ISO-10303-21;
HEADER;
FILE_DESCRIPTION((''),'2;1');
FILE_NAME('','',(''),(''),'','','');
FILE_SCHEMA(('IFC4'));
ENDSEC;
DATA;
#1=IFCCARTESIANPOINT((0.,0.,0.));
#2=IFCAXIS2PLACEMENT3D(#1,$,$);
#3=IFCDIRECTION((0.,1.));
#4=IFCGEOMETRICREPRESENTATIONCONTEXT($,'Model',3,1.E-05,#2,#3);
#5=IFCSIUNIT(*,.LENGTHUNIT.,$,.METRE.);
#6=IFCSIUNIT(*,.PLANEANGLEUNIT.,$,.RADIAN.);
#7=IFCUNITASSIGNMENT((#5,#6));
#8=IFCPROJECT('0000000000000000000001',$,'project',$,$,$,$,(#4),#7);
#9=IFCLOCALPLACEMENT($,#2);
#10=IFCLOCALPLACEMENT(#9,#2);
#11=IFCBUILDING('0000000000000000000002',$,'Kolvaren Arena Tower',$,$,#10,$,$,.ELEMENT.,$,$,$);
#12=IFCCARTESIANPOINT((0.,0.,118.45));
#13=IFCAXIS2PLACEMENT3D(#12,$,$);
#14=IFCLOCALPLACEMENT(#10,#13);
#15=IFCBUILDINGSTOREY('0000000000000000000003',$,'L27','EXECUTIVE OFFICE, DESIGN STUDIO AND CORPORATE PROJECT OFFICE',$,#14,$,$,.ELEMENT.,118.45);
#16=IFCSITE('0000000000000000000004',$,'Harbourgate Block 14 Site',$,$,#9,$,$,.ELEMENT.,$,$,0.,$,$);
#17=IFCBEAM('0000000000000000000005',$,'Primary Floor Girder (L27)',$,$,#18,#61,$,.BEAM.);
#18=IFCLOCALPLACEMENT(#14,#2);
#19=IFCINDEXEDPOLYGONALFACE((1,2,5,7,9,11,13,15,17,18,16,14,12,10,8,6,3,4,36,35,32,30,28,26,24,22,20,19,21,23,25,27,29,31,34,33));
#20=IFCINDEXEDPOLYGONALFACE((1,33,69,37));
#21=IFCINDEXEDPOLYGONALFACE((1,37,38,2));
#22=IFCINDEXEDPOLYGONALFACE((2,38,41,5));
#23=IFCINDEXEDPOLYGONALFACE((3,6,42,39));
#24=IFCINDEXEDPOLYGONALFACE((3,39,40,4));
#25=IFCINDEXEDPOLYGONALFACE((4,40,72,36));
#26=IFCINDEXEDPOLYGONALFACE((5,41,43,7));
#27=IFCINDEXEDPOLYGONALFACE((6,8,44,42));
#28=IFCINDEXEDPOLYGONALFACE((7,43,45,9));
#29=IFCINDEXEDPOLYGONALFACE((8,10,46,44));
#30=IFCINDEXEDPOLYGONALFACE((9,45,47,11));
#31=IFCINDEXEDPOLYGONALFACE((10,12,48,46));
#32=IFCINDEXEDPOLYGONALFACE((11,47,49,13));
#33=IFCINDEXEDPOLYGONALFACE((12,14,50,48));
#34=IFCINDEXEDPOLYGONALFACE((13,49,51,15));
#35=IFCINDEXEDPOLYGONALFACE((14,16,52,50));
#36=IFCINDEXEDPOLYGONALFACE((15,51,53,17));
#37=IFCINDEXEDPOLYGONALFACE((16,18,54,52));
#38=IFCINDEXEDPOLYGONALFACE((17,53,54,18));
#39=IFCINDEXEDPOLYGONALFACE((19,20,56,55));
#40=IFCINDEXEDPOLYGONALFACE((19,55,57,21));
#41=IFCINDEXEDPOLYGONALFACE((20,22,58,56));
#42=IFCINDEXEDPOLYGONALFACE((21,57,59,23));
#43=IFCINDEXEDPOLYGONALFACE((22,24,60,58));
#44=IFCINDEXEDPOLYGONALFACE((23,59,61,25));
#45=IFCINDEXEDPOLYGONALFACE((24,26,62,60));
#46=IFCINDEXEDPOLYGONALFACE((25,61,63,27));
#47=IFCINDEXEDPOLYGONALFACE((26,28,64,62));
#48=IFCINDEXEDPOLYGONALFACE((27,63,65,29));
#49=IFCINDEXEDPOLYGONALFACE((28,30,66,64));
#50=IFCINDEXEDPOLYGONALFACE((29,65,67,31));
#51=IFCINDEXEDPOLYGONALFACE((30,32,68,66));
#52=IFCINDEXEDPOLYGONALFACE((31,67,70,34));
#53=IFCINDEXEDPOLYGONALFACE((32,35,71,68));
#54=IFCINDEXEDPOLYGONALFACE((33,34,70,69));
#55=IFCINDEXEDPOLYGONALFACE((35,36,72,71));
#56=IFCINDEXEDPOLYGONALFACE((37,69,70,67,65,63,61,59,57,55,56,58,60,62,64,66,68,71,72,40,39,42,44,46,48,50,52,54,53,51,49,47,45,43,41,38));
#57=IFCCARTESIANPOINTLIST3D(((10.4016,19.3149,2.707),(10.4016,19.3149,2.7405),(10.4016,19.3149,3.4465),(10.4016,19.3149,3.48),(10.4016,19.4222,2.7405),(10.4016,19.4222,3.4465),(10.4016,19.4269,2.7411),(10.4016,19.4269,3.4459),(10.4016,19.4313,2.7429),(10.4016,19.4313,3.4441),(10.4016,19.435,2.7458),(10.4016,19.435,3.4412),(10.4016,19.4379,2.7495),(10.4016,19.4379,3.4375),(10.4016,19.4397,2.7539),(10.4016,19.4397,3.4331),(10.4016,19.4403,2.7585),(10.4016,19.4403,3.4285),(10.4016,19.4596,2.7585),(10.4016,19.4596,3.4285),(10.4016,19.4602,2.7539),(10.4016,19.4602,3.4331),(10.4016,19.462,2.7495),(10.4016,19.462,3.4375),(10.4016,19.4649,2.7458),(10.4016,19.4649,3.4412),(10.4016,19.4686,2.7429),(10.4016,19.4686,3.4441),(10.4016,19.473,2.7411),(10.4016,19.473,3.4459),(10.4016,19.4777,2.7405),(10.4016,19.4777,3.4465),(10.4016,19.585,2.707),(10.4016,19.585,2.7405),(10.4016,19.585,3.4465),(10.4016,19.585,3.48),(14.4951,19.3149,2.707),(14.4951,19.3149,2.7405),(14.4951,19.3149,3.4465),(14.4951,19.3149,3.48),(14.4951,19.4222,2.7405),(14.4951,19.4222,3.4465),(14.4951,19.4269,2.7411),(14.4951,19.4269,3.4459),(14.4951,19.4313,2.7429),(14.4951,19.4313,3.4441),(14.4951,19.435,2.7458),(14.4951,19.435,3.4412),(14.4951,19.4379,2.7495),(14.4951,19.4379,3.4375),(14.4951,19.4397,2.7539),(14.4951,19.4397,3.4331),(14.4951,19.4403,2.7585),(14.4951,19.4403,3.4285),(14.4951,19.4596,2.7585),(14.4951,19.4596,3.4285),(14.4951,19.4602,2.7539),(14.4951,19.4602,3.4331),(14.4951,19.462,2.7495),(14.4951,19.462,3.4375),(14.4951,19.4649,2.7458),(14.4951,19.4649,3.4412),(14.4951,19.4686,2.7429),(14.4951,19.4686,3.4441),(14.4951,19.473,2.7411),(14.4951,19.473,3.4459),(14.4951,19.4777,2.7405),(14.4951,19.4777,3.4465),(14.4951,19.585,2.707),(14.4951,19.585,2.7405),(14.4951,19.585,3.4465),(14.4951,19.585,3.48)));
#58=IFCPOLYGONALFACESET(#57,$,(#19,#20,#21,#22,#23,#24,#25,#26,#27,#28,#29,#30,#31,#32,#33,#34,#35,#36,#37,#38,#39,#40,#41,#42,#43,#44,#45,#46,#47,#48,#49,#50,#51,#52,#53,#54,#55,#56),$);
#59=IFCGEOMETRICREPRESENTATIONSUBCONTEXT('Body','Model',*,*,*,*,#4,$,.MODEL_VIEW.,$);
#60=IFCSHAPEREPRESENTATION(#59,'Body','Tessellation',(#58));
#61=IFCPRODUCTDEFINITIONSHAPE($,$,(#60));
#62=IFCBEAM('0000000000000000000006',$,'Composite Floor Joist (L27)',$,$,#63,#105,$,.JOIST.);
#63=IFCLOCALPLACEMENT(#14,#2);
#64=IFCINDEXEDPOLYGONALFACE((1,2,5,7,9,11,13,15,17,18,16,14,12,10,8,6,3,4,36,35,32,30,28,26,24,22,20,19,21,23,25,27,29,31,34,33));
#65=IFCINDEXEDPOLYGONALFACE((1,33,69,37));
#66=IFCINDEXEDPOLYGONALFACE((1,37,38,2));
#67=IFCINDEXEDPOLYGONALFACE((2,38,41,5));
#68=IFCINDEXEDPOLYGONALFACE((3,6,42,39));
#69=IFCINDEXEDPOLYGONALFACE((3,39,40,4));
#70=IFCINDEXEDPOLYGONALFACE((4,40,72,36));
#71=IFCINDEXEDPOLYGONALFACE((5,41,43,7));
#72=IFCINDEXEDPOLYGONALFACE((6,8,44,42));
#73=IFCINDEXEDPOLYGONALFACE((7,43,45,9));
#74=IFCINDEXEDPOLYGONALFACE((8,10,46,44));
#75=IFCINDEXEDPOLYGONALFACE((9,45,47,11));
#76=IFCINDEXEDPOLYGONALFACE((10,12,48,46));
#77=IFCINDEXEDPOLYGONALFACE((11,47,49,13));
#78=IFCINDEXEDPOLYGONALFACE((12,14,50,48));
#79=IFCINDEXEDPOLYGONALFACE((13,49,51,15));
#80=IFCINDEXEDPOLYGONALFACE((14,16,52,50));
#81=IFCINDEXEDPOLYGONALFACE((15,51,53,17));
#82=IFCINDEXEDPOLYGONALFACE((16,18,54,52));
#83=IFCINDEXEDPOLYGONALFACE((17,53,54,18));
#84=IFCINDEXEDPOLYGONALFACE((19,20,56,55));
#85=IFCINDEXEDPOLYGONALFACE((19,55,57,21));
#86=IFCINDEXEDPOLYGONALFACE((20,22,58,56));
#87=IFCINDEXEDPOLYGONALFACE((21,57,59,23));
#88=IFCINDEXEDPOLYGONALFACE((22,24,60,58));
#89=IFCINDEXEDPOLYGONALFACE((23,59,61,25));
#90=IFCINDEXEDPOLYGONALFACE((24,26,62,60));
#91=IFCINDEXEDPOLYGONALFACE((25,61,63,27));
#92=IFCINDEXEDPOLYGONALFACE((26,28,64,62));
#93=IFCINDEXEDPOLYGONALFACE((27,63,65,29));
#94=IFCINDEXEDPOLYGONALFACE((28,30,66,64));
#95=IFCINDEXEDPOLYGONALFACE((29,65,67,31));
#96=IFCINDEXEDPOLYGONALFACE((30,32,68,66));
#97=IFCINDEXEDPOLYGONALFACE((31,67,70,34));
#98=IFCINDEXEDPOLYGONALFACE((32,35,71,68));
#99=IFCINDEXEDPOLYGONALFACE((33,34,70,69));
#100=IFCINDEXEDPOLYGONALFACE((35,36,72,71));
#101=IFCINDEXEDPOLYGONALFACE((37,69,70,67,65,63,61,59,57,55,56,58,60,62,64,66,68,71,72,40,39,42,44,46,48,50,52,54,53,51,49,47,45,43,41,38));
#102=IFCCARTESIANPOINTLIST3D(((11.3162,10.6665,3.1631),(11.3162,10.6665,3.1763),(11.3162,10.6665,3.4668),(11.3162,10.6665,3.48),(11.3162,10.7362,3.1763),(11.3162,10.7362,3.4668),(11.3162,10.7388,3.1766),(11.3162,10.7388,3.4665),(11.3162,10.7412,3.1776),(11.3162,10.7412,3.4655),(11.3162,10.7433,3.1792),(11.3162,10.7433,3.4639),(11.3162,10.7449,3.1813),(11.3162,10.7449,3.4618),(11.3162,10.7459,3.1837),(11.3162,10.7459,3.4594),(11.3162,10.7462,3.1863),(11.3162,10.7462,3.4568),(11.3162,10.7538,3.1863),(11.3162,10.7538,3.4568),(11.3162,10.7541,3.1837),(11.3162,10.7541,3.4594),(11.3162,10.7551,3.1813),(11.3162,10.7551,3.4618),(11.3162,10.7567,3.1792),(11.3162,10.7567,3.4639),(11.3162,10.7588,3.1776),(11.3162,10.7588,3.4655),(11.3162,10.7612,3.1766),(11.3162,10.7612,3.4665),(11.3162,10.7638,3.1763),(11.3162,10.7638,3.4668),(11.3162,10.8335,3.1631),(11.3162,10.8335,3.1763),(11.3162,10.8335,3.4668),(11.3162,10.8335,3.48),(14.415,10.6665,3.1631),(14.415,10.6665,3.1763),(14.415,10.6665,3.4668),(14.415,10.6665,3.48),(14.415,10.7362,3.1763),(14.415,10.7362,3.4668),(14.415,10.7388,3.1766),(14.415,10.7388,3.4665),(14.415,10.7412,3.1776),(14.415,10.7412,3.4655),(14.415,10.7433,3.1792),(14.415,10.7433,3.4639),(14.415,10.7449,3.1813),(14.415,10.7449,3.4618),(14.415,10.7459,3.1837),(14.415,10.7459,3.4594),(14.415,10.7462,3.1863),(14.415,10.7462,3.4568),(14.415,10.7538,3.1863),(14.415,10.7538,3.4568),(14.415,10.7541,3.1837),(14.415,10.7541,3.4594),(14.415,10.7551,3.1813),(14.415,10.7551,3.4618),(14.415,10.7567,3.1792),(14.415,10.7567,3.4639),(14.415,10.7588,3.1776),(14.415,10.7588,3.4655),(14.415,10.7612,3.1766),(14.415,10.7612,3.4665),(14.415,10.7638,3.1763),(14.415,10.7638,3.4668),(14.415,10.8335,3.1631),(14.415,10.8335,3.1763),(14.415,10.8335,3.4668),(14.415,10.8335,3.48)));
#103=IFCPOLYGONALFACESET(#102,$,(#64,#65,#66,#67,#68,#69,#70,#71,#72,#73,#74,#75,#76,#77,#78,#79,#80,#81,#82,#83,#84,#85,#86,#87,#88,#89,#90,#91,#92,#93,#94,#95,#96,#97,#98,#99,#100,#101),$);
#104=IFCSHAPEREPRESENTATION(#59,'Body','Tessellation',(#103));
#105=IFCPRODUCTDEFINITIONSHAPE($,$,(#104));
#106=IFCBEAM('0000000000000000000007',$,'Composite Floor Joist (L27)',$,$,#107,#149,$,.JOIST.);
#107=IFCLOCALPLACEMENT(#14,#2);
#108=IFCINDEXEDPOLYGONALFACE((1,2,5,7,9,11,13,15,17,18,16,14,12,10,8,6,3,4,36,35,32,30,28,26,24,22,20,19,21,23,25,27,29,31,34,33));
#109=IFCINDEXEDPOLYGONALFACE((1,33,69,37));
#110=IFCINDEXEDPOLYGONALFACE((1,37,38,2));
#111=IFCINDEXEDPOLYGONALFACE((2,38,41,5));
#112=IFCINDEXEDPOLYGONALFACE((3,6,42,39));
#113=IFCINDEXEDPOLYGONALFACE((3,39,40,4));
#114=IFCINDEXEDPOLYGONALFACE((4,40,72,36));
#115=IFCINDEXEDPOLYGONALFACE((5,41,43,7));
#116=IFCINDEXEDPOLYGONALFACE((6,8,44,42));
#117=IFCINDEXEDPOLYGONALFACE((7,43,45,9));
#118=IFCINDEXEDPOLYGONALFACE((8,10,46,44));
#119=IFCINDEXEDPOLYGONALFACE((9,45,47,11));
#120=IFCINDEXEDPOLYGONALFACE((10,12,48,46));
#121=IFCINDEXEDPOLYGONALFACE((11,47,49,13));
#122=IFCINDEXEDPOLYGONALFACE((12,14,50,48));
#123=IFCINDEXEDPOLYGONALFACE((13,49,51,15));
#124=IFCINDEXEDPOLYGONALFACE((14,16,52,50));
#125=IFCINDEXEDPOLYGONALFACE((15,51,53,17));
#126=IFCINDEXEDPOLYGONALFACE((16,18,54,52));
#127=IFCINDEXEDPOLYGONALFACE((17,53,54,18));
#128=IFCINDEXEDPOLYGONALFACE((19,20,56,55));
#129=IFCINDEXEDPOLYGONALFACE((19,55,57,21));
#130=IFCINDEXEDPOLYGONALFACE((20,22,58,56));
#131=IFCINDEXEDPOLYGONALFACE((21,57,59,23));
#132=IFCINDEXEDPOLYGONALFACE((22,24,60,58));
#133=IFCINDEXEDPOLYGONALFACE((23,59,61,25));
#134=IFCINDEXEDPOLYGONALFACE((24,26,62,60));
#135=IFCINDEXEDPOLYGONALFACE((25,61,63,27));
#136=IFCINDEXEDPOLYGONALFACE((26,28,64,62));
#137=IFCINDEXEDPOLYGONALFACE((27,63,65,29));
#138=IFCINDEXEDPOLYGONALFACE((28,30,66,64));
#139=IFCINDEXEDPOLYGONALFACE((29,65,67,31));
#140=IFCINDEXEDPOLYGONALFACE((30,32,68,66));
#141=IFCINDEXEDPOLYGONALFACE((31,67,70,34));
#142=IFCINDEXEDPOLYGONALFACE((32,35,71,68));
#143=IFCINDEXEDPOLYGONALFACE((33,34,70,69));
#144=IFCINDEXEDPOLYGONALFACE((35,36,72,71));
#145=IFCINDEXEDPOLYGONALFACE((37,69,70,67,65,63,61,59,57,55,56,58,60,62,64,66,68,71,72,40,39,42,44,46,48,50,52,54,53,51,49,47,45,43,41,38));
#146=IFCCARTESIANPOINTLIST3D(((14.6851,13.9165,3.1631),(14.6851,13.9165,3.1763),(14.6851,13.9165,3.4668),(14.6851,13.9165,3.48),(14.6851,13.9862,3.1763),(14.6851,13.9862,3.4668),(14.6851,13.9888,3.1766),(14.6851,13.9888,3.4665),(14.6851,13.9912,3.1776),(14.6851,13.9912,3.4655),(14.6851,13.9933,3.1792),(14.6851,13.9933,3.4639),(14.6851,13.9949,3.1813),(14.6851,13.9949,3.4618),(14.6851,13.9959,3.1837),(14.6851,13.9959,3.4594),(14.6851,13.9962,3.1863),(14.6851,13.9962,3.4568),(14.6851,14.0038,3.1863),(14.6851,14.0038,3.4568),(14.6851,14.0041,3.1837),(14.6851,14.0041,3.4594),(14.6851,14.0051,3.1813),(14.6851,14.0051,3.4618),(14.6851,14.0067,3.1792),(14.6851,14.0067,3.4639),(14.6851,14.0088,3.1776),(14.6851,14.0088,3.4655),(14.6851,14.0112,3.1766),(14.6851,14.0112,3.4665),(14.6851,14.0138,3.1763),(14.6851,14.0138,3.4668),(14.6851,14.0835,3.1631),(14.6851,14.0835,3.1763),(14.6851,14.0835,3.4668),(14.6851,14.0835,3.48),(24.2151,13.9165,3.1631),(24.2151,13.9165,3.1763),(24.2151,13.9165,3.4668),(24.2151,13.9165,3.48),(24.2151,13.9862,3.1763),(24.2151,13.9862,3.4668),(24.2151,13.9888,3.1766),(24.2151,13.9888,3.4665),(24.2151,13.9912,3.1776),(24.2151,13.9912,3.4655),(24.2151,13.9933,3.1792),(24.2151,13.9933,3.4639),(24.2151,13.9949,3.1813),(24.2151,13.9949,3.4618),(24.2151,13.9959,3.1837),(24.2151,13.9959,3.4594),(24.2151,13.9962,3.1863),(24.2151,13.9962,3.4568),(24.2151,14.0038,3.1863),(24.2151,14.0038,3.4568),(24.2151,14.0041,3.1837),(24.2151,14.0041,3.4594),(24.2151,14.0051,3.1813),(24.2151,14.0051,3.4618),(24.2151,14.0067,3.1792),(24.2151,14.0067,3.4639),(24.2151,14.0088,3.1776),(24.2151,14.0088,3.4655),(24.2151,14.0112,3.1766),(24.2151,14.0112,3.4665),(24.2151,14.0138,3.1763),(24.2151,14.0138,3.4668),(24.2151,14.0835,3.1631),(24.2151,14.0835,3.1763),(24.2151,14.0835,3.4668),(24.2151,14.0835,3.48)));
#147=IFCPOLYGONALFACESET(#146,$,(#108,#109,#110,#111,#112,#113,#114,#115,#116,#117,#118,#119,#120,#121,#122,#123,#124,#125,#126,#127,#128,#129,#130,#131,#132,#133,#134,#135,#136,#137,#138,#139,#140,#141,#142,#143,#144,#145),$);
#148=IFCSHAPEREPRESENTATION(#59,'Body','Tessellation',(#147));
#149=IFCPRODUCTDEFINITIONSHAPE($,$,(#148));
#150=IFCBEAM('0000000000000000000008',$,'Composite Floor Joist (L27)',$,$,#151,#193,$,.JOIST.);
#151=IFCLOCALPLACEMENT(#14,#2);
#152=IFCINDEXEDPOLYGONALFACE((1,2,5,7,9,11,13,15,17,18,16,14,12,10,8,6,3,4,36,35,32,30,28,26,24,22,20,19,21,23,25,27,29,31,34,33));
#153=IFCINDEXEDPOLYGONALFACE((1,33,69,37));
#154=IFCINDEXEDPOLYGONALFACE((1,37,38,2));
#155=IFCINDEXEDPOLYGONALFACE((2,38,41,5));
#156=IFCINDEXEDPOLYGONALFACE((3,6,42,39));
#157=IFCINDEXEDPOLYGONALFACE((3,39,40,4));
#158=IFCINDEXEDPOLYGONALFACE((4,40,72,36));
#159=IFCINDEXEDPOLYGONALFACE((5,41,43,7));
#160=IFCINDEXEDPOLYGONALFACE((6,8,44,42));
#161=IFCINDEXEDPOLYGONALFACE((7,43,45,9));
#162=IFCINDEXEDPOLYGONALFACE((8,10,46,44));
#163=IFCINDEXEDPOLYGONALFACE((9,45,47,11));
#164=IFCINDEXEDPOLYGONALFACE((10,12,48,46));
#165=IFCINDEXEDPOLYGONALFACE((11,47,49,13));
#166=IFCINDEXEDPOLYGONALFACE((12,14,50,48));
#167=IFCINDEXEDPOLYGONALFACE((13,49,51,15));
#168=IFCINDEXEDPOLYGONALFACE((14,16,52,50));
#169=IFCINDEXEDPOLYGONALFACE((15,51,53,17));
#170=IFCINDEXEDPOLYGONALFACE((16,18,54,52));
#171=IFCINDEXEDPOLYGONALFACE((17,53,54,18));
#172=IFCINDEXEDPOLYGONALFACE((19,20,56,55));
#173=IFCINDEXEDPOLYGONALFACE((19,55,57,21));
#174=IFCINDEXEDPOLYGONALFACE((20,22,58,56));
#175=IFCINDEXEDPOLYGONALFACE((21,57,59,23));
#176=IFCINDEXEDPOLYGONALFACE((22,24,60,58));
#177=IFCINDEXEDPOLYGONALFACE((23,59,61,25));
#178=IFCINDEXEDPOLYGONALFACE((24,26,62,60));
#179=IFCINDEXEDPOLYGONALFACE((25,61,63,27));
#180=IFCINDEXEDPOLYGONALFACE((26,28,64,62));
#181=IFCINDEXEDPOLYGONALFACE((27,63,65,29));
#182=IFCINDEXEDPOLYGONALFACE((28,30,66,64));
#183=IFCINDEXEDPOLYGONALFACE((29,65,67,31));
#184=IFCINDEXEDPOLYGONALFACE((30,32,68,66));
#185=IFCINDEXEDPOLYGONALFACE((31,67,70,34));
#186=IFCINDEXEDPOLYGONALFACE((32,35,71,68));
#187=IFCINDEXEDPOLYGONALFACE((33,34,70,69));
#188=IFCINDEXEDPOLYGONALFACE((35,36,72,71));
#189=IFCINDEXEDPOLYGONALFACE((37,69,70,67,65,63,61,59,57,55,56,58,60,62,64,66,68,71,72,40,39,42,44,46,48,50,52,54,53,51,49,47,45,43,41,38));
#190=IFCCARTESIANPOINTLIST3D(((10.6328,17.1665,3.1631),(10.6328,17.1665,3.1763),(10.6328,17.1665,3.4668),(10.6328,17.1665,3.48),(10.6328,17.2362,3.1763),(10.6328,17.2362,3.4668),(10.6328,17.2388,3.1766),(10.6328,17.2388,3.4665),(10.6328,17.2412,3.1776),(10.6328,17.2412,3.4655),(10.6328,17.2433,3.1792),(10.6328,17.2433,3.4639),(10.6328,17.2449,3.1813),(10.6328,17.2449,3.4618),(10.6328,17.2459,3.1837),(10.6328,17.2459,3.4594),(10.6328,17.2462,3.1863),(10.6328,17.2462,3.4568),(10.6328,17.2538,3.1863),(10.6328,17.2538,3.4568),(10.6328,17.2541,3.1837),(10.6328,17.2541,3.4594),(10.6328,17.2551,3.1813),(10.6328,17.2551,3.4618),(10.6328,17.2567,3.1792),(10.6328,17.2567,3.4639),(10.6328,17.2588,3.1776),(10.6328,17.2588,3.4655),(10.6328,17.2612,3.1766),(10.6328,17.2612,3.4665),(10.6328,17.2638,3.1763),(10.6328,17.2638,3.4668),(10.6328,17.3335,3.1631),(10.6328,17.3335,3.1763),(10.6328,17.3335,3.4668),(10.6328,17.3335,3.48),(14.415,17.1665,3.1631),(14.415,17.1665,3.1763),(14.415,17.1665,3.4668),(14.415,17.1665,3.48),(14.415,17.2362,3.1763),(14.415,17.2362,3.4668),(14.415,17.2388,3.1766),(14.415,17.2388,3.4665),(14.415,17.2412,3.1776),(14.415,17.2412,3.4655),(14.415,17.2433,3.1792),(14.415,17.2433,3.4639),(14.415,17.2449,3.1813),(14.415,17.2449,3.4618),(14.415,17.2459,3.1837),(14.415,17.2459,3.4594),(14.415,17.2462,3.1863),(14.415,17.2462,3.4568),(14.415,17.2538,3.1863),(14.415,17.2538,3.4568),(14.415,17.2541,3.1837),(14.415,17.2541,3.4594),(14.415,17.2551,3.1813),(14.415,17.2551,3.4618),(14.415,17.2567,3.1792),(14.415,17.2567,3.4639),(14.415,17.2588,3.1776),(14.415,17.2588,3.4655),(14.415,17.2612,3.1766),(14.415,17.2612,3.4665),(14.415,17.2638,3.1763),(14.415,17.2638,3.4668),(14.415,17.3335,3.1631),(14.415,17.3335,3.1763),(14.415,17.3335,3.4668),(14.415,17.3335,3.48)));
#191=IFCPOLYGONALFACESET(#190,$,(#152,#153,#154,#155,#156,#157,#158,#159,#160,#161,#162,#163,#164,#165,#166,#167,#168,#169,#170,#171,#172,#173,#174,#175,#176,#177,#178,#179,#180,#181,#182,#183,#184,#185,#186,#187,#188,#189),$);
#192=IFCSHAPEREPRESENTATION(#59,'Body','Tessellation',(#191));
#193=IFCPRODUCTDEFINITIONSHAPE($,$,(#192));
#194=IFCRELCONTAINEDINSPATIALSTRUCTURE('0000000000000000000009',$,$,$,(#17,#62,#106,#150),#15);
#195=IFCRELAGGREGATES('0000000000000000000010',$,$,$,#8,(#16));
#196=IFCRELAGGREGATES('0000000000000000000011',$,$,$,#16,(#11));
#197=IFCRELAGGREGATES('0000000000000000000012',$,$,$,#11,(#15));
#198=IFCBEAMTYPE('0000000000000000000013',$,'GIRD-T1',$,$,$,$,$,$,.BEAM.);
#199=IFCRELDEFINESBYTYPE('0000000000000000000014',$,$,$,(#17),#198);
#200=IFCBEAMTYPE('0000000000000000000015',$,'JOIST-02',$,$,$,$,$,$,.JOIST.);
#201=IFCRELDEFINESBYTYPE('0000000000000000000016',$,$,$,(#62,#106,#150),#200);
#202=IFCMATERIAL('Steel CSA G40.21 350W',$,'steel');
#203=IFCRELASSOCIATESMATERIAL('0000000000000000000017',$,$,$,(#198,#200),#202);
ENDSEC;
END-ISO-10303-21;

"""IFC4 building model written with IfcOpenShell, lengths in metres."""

from ifc_helpers import new_model, si_unit, direction, frame, origin, origin_2d, place, context, subcontext, project, spatial, i_section, extrude, material, material_profile, profile_set, type_object, element, save


model = new_model("IFC4")

# Units and contexts
model_context = context("Model", 3, precision=1e-05, world=origin(), true_north=direction((0.0, 1.0)))
body_context = subcontext(model_context, "Body", "Model", "MODEL_VIEW")
ifc_project = project(units=[si_unit("LENGTHUNIT", "METRE"), si_unit("PLANEANGLEUNIT", "RADIAN")], contexts=[model_context])

# Site, building, storey
site_placement = place(None, origin())
site = spatial("IfcSite", under=ifc_project, at=site_placement, Name="Harbourgate Block 14 Site", CompositionType="ELEMENT", RefElevation=0.0)
building_placement = place(site_placement, origin())
building = spatial("IfcBuilding", under=site, at=building_placement, Name="Kolvaren Arena Tower", CompositionType="ELEMENT")
storey_placement = place(building_placement, frame((0.0, 0.0, 118.45)))
storey = spatial("IfcBuildingStorey", under=building, at=storey_placement, Name="L27", Description="EXECUTIVE OFFICE, DESIGN STUDIO AND CORPORATE PROJECT OFFICE", CompositionType="ELEMENT", Elevation=118.45)

# Beams
ifc_material_1 = material(Name="Steel CSA G40.21 350W", Category="steel")
ifc_material_profile_1 = material_profile(ifc_material_1, i_section(OverallWidth=0.27, OverallDepth=0.7729, WebThickness=0.0193, FlangeThickness=0.0334, FilletRadius=0.0181, at=origin_2d()), Name="W760x257")
ifc_profile_set_1 = profile_set([ifc_material_profile_1], Name="Steel CSA G40.21 350W")
beam_type_1 = type_object("IfcBeamType", Name="GIRD-T1", PredefinedType="BEAM", material=ifc_profile_set_1)
beam_1_placement = place(storey_placement, frame((10.4016, 19.45, 3.0935), z_axis=(1.0, 0.0, 0.0), x_axis=(0.0, 1.0, 0.0)))
element("IfcBeam", 1, at=beam_1_placement, inside=storey, type_object=beam_type_1, Name="Primary Floor Girder (L27)", PredefinedType="BEAM", context=body_context, shape_type="SweptSolid", body=[
    extrude(i_section(OverallWidth=0.27, OverallDepth=0.7729, WebThickness=0.0193, FlangeThickness=0.0334, FilletRadius=0.0181, at=origin_2d()), origin(), (0.0, 0.0, 1.0), 4.0935),
])
ifc_material_profile_2 = material_profile(ifc_material_1, i_section(OverallWidth=0.167, OverallDepth=0.3169, WebThickness=0.0076, FlangeThickness=0.0132, FilletRadius=0.01, at=origin_2d()), Name="W310x52")
ifc_profile_set_2 = profile_set([ifc_material_profile_2], Name="Steel CSA G40.21 350W")
beam_type_2 = type_object("IfcBeamType", Name="JOIST-02", PredefinedType="JOIST", material=ifc_profile_set_2)
beam_2_placement = place(storey_placement, frame((11.3162, 10.75, 3.3215), z_axis=(1.0, 0.0, 0.0), x_axis=(0.0, 1.0, 0.0)))
element("IfcBeam", 2, at=beam_2_placement, inside=storey, type_object=beam_type_2, Name="Composite Floor Joist (L27)", PredefinedType="JOIST", context=body_context, shape_type="SweptSolid", body=[
    extrude(i_section(OverallWidth=0.167, OverallDepth=0.3169, WebThickness=0.0076, FlangeThickness=0.0132, FilletRadius=0.01, at=origin_2d()), origin(), (0.0, 0.0, 1.0), 3.0989),
])
beam_3_placement = place(storey_placement, frame((14.6851, 14.0, 3.3215), z_axis=(1.0, 0.0, 0.0), x_axis=(0.0, 1.0, 0.0)))
element("IfcBeam", 3, at=beam_3_placement, inside=storey, type_object=beam_type_2, Name="Composite Floor Joist (L27)", PredefinedType="JOIST", context=body_context, shape_type="SweptSolid", body=[
    extrude(i_section(OverallWidth=0.167, OverallDepth=0.3169, WebThickness=0.0076, FlangeThickness=0.0132, FilletRadius=0.01, at=origin_2d()), origin(), (0.0, 0.0, 1.0), 9.53),
])
beam_4_placement = place(storey_placement, frame((10.6328, 17.25, 3.3215), z_axis=(1.0, 0.0, 0.0), x_axis=(0.0, 1.0, 0.0)))
element("IfcBeam", 4, at=beam_4_placement, inside=storey, type_object=beam_type_2, Name="Composite Floor Joist (L27)", PredefinedType="JOIST", context=body_context, shape_type="SweptSolid", body=[
    extrude(i_section(OverallWidth=0.167, OverallDepth=0.3169, WebThickness=0.0076, FlangeThickness=0.0132, FilletRadius=0.01, at=origin_2d()), origin(), (0.0, 0.0, 1.0), 3.7822),
])

save(model, "model.ifc")
